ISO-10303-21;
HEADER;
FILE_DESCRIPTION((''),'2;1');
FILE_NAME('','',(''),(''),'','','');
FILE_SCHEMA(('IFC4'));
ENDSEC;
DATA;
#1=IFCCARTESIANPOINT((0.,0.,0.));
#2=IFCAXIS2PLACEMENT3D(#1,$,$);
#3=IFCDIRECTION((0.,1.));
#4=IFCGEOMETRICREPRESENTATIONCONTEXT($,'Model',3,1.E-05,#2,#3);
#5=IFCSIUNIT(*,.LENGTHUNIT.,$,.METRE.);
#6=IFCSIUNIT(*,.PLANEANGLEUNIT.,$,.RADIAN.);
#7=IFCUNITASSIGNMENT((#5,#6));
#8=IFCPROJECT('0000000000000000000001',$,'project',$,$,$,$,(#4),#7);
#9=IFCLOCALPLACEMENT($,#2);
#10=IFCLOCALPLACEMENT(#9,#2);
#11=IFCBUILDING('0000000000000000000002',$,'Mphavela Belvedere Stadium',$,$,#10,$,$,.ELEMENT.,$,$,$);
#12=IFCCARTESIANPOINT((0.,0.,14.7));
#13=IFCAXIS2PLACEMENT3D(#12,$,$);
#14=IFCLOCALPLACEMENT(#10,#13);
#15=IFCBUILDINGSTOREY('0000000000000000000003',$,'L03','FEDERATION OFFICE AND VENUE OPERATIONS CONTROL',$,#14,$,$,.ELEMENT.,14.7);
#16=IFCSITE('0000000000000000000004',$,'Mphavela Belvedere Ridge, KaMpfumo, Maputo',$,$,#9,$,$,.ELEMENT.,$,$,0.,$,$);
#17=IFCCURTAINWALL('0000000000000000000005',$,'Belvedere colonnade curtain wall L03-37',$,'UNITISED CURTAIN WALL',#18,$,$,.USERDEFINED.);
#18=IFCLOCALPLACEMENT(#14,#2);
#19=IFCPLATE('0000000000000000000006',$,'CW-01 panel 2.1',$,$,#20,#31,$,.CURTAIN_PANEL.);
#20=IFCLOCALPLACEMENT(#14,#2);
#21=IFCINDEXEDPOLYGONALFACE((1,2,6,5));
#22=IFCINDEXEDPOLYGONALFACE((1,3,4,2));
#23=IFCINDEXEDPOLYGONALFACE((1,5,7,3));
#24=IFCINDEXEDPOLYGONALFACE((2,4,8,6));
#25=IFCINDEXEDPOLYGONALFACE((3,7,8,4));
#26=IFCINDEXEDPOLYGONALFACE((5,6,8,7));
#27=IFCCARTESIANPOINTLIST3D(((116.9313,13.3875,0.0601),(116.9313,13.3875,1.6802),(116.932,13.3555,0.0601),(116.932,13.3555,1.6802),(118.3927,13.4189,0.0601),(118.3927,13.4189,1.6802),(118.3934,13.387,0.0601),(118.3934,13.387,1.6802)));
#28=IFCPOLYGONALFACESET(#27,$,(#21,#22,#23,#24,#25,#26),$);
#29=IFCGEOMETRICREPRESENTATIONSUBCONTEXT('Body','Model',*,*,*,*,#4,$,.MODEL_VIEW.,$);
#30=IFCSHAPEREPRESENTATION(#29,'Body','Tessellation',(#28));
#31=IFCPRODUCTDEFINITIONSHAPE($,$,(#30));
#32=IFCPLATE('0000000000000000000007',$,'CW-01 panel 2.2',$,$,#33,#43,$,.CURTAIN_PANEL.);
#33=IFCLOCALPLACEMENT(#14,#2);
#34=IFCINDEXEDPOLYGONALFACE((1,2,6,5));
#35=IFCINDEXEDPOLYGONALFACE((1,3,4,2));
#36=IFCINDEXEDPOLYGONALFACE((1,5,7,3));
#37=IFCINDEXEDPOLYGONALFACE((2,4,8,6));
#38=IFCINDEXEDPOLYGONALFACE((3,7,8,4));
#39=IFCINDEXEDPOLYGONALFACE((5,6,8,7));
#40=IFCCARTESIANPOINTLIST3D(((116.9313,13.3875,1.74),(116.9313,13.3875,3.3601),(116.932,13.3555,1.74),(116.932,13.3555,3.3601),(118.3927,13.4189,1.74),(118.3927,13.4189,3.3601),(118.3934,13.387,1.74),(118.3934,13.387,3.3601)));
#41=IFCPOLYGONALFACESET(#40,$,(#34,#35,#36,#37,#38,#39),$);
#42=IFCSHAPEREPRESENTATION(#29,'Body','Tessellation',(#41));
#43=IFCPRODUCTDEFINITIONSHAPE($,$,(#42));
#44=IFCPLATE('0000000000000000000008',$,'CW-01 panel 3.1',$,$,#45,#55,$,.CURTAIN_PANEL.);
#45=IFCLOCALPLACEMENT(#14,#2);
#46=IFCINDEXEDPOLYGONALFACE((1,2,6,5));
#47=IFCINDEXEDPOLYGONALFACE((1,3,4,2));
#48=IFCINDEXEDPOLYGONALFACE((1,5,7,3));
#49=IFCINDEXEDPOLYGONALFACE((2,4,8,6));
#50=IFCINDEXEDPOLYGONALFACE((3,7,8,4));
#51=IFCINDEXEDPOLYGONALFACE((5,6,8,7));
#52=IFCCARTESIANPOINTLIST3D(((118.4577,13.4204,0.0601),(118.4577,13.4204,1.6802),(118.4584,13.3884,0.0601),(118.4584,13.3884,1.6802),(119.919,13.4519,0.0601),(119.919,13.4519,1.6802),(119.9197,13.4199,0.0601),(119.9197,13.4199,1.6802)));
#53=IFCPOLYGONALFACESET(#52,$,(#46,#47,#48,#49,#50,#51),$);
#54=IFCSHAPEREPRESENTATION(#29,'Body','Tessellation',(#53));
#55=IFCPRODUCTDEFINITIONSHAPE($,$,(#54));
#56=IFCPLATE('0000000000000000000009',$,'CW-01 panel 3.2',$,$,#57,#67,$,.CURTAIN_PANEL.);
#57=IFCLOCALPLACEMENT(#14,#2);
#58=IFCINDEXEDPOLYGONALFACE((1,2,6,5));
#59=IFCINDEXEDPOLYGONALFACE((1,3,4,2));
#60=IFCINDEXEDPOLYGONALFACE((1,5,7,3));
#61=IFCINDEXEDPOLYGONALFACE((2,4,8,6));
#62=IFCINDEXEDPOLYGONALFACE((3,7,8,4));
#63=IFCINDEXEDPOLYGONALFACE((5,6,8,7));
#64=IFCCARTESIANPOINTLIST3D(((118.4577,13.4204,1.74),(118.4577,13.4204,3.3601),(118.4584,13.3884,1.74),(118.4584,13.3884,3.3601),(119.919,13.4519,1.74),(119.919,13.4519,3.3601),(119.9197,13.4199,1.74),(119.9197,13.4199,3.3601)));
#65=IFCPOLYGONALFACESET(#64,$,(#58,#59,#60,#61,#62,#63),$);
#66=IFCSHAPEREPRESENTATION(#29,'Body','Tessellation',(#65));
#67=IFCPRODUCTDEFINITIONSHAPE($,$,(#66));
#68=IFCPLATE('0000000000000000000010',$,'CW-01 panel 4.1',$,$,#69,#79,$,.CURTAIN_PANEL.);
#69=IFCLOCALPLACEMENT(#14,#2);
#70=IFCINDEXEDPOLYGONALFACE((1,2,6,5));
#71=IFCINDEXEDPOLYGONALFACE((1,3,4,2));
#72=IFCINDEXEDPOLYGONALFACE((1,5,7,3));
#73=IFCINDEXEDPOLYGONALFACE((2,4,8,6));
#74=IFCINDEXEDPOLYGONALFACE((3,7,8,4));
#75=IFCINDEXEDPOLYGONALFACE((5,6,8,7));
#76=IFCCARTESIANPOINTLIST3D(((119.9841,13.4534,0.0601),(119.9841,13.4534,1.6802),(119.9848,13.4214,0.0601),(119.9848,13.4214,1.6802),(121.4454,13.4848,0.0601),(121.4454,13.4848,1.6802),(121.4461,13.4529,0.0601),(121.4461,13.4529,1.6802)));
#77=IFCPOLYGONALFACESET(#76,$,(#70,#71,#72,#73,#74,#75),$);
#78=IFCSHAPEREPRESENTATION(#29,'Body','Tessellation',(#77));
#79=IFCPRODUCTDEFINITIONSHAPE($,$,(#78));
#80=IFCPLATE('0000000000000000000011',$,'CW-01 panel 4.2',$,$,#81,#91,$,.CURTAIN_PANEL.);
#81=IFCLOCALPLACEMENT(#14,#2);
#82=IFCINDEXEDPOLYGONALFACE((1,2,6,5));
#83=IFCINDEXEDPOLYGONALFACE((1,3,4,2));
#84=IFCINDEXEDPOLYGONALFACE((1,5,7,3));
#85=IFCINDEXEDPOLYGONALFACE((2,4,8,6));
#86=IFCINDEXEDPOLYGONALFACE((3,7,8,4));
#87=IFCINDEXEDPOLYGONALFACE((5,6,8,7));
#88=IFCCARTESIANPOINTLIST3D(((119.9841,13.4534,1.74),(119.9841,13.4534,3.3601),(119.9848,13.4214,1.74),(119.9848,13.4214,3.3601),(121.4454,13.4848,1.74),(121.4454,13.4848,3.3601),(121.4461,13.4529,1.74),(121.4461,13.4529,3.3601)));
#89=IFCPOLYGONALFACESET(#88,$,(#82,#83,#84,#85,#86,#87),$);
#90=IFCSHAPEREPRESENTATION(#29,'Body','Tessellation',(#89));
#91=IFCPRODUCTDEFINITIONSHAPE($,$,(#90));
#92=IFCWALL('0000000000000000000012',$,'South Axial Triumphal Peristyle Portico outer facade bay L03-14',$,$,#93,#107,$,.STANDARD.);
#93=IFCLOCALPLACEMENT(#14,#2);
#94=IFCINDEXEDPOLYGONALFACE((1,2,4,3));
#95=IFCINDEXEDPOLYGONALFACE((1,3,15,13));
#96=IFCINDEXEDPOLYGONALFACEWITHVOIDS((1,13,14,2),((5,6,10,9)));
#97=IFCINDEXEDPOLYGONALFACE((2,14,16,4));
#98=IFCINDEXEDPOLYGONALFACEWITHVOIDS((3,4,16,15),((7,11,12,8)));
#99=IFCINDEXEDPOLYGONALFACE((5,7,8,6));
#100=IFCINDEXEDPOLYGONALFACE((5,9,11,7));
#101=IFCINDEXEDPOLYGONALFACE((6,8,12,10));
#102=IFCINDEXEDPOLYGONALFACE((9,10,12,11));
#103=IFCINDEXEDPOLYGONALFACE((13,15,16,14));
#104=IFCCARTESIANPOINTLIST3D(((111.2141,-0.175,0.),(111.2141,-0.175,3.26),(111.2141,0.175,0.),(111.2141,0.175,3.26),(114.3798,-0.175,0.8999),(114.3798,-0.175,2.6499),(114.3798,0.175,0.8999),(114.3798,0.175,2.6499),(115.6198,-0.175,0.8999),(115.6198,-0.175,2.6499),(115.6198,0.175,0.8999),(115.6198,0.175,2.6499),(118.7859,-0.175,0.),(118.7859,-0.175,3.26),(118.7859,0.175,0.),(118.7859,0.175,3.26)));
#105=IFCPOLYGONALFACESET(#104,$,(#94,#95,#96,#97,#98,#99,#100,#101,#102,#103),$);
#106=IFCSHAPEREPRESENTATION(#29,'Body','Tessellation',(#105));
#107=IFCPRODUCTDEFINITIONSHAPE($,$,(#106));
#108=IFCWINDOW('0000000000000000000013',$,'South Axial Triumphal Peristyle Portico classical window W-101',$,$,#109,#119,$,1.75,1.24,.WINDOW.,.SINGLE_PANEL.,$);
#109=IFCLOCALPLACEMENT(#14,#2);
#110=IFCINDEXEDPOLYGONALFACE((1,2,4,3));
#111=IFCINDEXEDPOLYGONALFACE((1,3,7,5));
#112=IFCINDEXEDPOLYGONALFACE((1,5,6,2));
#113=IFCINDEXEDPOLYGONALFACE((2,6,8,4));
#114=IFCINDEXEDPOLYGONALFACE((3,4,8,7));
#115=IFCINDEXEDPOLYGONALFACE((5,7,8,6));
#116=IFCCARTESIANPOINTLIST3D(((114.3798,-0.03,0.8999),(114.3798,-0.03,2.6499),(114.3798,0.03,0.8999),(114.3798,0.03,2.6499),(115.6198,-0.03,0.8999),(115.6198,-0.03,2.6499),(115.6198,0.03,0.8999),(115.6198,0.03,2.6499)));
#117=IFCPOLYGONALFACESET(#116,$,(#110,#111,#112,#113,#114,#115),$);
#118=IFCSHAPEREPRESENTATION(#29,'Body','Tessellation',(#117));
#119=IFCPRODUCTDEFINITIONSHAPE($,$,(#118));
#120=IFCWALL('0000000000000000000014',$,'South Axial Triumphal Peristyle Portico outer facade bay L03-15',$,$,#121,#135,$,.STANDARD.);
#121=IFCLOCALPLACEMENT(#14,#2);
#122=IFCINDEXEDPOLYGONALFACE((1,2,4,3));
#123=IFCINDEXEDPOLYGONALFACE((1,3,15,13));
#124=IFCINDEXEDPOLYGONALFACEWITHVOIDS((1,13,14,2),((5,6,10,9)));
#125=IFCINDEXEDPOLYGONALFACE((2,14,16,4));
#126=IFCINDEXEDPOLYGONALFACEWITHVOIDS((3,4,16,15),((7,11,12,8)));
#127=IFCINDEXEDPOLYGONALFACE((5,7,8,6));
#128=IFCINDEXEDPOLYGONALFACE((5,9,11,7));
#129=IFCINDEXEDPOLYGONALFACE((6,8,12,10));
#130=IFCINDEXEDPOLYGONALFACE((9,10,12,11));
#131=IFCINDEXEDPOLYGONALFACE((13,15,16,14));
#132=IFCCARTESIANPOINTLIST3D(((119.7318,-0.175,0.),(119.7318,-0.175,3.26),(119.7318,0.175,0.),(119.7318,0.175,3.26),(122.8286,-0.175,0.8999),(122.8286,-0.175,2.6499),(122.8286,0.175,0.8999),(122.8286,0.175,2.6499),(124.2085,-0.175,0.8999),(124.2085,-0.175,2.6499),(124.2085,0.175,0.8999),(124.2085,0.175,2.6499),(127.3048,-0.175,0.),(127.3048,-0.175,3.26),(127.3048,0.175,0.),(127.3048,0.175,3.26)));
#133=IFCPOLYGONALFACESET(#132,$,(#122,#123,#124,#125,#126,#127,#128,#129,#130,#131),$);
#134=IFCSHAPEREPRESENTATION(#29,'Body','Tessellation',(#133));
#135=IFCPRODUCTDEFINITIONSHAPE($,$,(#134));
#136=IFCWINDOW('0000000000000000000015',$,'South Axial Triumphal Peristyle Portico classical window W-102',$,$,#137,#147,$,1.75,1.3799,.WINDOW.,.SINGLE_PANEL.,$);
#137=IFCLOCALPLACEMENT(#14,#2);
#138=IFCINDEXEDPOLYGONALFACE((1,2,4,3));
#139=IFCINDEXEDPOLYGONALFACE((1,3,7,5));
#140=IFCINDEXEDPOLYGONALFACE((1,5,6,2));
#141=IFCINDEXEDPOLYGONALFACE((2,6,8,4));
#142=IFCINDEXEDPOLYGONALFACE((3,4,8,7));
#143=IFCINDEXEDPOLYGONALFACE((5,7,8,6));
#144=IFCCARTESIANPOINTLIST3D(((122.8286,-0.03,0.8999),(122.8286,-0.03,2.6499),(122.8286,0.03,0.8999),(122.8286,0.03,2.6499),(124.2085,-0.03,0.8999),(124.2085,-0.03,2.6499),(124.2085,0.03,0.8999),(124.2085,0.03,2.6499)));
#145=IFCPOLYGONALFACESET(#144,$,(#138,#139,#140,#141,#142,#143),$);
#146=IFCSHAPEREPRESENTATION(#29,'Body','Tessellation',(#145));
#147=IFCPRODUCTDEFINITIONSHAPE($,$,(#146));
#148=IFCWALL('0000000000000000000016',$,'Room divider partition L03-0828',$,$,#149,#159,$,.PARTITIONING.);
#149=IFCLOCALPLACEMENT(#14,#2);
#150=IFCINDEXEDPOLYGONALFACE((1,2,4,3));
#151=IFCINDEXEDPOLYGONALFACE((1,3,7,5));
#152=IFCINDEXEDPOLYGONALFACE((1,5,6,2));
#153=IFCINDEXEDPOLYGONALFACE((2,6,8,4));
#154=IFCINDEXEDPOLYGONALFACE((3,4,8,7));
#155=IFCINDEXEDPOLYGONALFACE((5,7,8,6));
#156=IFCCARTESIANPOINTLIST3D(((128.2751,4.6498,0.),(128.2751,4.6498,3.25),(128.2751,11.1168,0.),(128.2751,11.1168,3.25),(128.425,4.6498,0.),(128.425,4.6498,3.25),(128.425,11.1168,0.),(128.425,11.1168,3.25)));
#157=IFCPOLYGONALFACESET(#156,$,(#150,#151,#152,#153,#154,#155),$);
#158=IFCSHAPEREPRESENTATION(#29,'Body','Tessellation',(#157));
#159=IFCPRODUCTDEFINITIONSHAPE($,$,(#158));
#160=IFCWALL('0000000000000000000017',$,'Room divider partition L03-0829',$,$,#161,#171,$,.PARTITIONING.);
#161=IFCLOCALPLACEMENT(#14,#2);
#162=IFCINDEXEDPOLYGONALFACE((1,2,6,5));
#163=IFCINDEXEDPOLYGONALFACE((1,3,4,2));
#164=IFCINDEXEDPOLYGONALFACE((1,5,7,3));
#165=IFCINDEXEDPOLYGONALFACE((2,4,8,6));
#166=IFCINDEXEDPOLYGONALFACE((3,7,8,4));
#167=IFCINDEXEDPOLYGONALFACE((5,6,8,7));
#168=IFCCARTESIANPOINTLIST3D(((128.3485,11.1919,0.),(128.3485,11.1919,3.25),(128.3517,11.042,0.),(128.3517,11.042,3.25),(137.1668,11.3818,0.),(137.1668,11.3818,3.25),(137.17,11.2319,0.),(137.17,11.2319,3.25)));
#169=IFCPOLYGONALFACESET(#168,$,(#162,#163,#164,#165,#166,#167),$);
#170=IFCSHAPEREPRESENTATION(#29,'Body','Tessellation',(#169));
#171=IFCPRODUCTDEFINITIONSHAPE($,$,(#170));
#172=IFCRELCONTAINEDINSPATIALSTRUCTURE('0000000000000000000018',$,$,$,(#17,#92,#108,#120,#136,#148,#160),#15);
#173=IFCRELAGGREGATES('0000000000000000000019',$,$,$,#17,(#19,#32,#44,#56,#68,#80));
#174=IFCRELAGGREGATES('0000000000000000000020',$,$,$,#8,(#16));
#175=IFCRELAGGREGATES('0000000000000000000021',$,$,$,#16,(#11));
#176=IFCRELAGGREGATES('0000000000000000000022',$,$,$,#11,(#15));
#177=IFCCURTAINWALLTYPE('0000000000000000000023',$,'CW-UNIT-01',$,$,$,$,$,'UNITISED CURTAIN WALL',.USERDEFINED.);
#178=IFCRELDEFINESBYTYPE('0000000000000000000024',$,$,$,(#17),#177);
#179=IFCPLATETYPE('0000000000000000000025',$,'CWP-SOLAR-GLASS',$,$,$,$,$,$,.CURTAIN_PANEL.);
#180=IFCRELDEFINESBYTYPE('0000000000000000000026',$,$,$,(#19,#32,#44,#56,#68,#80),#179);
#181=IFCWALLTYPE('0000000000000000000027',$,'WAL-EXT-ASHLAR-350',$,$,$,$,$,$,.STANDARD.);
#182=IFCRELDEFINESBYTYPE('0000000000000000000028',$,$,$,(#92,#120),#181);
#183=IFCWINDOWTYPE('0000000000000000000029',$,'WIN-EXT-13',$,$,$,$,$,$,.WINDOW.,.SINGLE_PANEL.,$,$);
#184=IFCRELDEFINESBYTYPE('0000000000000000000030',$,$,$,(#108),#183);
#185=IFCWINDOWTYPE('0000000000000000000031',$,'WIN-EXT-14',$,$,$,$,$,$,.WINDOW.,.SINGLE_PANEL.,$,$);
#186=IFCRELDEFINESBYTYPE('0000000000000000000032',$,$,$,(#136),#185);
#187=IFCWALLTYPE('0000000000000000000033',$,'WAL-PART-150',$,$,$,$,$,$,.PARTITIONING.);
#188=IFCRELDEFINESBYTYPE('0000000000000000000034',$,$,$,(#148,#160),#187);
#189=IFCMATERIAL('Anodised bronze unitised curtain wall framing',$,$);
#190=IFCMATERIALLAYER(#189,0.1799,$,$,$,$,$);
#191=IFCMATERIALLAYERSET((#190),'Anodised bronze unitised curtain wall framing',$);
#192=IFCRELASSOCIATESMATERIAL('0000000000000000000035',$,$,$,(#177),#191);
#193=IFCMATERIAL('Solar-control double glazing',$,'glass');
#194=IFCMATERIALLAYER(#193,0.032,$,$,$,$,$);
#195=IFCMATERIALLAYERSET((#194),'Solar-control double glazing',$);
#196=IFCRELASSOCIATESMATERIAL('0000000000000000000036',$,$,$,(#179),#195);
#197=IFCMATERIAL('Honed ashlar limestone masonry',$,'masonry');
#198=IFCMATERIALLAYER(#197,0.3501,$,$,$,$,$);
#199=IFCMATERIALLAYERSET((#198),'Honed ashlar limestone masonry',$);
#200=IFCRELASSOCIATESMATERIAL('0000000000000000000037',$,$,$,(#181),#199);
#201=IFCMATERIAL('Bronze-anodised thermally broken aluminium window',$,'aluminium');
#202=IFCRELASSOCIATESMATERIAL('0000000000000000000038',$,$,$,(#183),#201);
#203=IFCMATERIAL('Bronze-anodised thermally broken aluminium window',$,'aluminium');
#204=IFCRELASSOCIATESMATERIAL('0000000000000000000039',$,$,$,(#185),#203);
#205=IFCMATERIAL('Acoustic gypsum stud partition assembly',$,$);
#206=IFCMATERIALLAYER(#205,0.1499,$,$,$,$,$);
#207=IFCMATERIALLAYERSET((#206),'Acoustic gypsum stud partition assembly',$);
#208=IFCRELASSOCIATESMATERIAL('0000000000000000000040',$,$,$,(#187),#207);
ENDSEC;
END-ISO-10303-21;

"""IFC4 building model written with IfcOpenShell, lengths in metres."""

from ifc_helpers import new_model, si_unit, direction, frame, frame_2d, origin, origin_2d, place, context, subcontext, project, spatial, rectangle, extrude, material, layer, layer_set, type_object, element, fill, aggregate, save


model = new_model("IFC4")

# Units and contexts
model_context = context("Model", 3, precision=1e-05, world=origin(), true_north=direction((0.0, 1.0)))
body_context = subcontext(model_context, "Body", "Model", "MODEL_VIEW")
ifc_project = project(units=[si_unit("LENGTHUNIT", "METRE"), si_unit("PLANEANGLEUNIT", "RADIAN")], contexts=[model_context])

# Site, building, storey
site_placement = place(None, origin())
site = spatial("IfcSite", under=ifc_project, at=site_placement, Name="Mphavela Belvedere Ridge, KaMpfumo, Maputo", CompositionType="ELEMENT", RefElevation=0.0)
building_placement = place(site_placement, origin())
building = spatial("IfcBuilding", under=site, at=building_placement, Name="Mphavela Belvedere Stadium", CompositionType="ELEMENT")
storey_placement = place(building_placement, frame((0.0, 0.0, 14.7)))
storey = spatial("IfcBuildingStorey", under=building, at=storey_placement, Name="L03", Description="FEDERATION OFFICE AND VENUE OPERATIONS CONTROL", CompositionType="ELEMENT", Elevation=14.7)

# Curtain wall, plates
ifc_material_1 = material(Name="Anodised bronze unitised curtain wall framing")
ifc_layer_1 = layer(ifc_material_1, 0.1799)
ifc_layer_set_1 = layer_set([ifc_layer_1], Name="Anodised bronze unitised curtain wall framing")
curtain_wall_type = type_object("IfcCurtainWallType", Name="CW-UNIT-01", ElementType="UNITISED CURTAIN WALL", PredefinedType="USERDEFINED", material=ifc_layer_set_1)
curtain_wall_placement = place(storey_placement, origin())
curtain_wall = element("IfcCurtainWall", 1, at=curtain_wall_placement, inside=storey, type_object=curtain_wall_type, Name="Belvedere colonnade curtain wall L03-37", ObjectType="UNITISED CURTAIN WALL", PredefinedType="USERDEFINED")
ifc_material_2 = material(Name="Solar-control double glazing", Category="glass")
ifc_layer_2 = layer(ifc_material_2, 0.032)
ifc_layer_set_2 = layer_set([ifc_layer_2], Name="Solar-control double glazing")
plate_type = type_object("IfcPlateType", Name="CWP-SOLAR-GLASS", PredefinedType="CURTAIN_PANEL", material=ifc_layer_set_2)
plate_1_placement = place(storey_placement, frame((117.6624, 13.3872, 0.0601), z_axis=(0.0, 0.0, 1.0), x_axis=(0.999768, 0.021531, 0.0)))
plate_1 = element("IfcPlate", 2, at=plate_1_placement, type_object=plate_type, Name="CW-01 panel 2.1", PredefinedType="CURTAIN_PANEL", context=body_context, shape_type="SweptSolid", body=[
    extrude(rectangle(XDim=1.4617, YDim=0.032, at=origin_2d()), origin(), (0.0, 0.0, 1.0), 1.6201),
])
plate_2_placement = place(storey_placement, frame((117.6624, 13.3872, 1.74), z_axis=(0.0, 0.0, 1.0), x_axis=(0.999768, 0.021531, 0.0)))
plate_2 = element("IfcPlate", 3, at=plate_2_placement, type_object=plate_type, Name="CW-01 panel 2.2", PredefinedType="CURTAIN_PANEL", context=body_context, shape_type="SweptSolid", body=[
    extrude(rectangle(XDim=1.4617, YDim=0.032, at=origin_2d()), origin(), (0.0, 0.0, 1.0), 1.6201),
])
plate_3_placement = place(storey_placement, frame((119.1887, 13.4202, 0.0601), z_axis=(0.0, 0.0, 1.0), x_axis=(0.999768, 0.021531, 0.0)))
plate_3 = element("IfcPlate", 4, at=plate_3_placement, type_object=plate_type, Name="CW-01 panel 3.1", PredefinedType="CURTAIN_PANEL", context=body_context, shape_type="SweptSolid", body=[
    extrude(rectangle(XDim=1.4617, YDim=0.032, at=origin_2d()), origin(), (0.0, 0.0, 1.0), 1.6201),
])
plate_4_placement = place(storey_placement, frame((119.1887, 13.4202, 1.74), z_axis=(0.0, 0.0, 1.0), x_axis=(0.999768, 0.021531, 0.0)))
plate_4 = element("IfcPlate", 5, at=plate_4_placement, type_object=plate_type, Name="CW-01 panel 3.2", PredefinedType="CURTAIN_PANEL", context=body_context, shape_type="SweptSolid", body=[
    extrude(rectangle(XDim=1.4617, YDim=0.032, at=origin_2d()), origin(), (0.0, 0.0, 1.0), 1.6201),
])
plate_5_placement = place(storey_placement, frame((120.7151, 13.4531, 0.0601), z_axis=(0.0, 0.0, 1.0), x_axis=(0.999768, 0.021531, 0.0)))
plate_5 = element("IfcPlate", 6, at=plate_5_placement, type_object=plate_type, Name="CW-01 panel 4.1", PredefinedType="CURTAIN_PANEL", context=body_context, shape_type="SweptSolid", body=[
    extrude(rectangle(XDim=1.4617, YDim=0.032, at=origin_2d()), origin(), (0.0, 0.0, 1.0), 1.6201),
])
plate_6_placement = place(storey_placement, frame((120.7151, 13.4531, 1.74), z_axis=(0.0, 0.0, 1.0), x_axis=(0.999768, 0.021531, 0.0)))
plate_6 = element("IfcPlate", 7, at=plate_6_placement, type_object=plate_type, Name="CW-01 panel 4.2", PredefinedType="CURTAIN_PANEL", context=body_context, shape_type="SweptSolid", body=[
    extrude(rectangle(XDim=1.4617, YDim=0.032, at=origin_2d()), origin(), (0.0, 0.0, 1.0), 1.6201),
])
aggregate(curtain_wall, [plate_1, plate_2, plate_3, plate_4, plate_5, plate_6])

# Walls, openings, windows
ifc_material_3 = material(Name="Honed ashlar limestone masonry", Category="masonry")
ifc_layer_3 = layer(ifc_material_3, 0.3501)
ifc_layer_set_3 = layer_set([ifc_layer_3], Name="Honed ashlar limestone masonry")
wall_type_1 = type_object("IfcWallType", Name="WAL-EXT-ASHLAR-350", PredefinedType="STANDARD", material=ifc_layer_set_3)
wall_1_placement = place(storey_placement, frame((118.7859, 0.0, 0.0), z_axis=(0.0, 0.0, 1.0), x_axis=(-1.0, 0.0, 0.0)))
wall_1 = element("IfcWall", 8, at=wall_1_placement, inside=storey, type_object=wall_type_1, Name="South Axial Triumphal Peristyle Portico outer facade bay L03-14", PredefinedType="STANDARD", context=body_context, shape_type="SweptSolid", body=[
    extrude(rectangle(XDim=7.5718, YDim=0.3501, at=frame_2d((3.7859, 0.0))), origin(), (0.0, 0.0, 1.0), 3.26),
])
opening_1_placement = place(wall_1_placement, frame((3.166, 0.0, 0.8999)))
opening_1 = element("IfcOpeningElement", 9, at=opening_1_placement, cuts=wall_1, PredefinedType="OPENING", context=body_context, shape_type="SweptSolid", body=[
    extrude(rectangle(XDim=1.24, YDim=1.75, at=frame_2d((0.6201, 0.875))), frame((0.0, 0.1851, 0.0), z_axis=(0.0, -1.0, 0.0), x_axis=(1.0, 0.0, 0.0)), (0.0, 0.0, 1.0), 0.3701),
])
ifc_material_4 = material(Name="Bronze-anodised thermally broken aluminium window", Category="aluminium")
window_type_1 = type_object("IfcWindowType", Name="WIN-EXT-13", PartitioningType="SINGLE_PANEL", PredefinedType="WINDOW", material=ifc_material_4)
window_1_placement = place(opening_1_placement, origin())
window_1 = element("IfcWindow", 10, at=window_1_placement, inside=storey, type_object=window_type_1, Name="South Axial Triumphal Peristyle Portico classical window W-101", OverallHeight=1.75, OverallWidth=1.24, PartitioningType="SINGLE_PANEL", PredefinedType="WINDOW", context=body_context, shape_type="SweptSolid", body=[
    extrude(rectangle(XDim=1.24, YDim=1.75, at=frame_2d((0.6201, 0.875))), frame((0.0, 0.03, 0.0), z_axis=(0.0, -1.0, 0.0), x_axis=(1.0, 0.0, 0.0)), (0.0, 0.0, 1.0), 0.0601),
])
fill(opening_1, window_1)
wall_2_placement = place(storey_placement, frame((127.3049, 0.0, 0.0), z_axis=(0.0, 0.0, 1.0), x_axis=(-1.0, 0.0, 0.0)))
wall_2 = element("IfcWall", 11, at=wall_2_placement, inside=storey, type_object=wall_type_1, Name="South Axial Triumphal Peristyle Portico outer facade bay L03-15", PredefinedType="STANDARD", context=body_context, shape_type="SweptSolid", body=[
    extrude(rectangle(XDim=7.573, YDim=0.3501, at=frame_2d((3.7866, 0.0))), origin(), (0.0, 0.0, 1.0), 3.26),
])
opening_2_placement = place(wall_2_placement, frame((3.0964, 0.0, 0.8999)))
opening_2 = element("IfcOpeningElement", 12, at=opening_2_placement, cuts=wall_2, PredefinedType="OPENING", context=body_context, shape_type="SweptSolid", body=[
    extrude(rectangle(XDim=1.3799, YDim=1.75, at=frame_2d((0.6899, 0.875))), frame((0.0, 0.1851, 0.0), z_axis=(0.0, -1.0, 0.0), x_axis=(1.0, 0.0, 0.0)), (0.0, 0.0, 1.0), 0.3701),
])
ifc_material_5 = material(Name="Bronze-anodised thermally broken aluminium window", Category="aluminium")
window_type_2 = type_object("IfcWindowType", Name="WIN-EXT-14", PartitioningType="SINGLE_PANEL", PredefinedType="WINDOW", material=ifc_material_5)
window_2_placement = place(opening_2_placement, origin())
window_2 = element("IfcWindow", 13, at=window_2_placement, inside=storey, type_object=window_type_2, Name="South Axial Triumphal Peristyle Portico classical window W-102", OverallHeight=1.75, OverallWidth=1.3799, PartitioningType="SINGLE_PANEL", PredefinedType="WINDOW", context=body_context, shape_type="SweptSolid", body=[
    extrude(rectangle(XDim=1.3799, YDim=1.75, at=frame_2d((0.6899, 0.875))), frame((0.0, 0.03, 0.0), z_axis=(0.0, -1.0, 0.0), x_axis=(1.0, 0.0, 0.0)), (0.0, 0.0, 1.0), 0.0601),
])
fill(opening_2, window_2)

# Walls
ifc_material_6 = material(Name="Acoustic gypsum stud partition assembly")
ifc_layer_4 = layer(ifc_material_6, 0.1499)
ifc_layer_set_4 = layer_set([ifc_layer_4], Name="Acoustic gypsum stud partition assembly")
wall_type_2 = type_object("IfcWallType", Name="WAL-PART-150", PredefinedType="PARTITIONING", material=ifc_layer_set_4)
wall_3_placement = place(storey_placement, frame((128.3501, 4.6499, 0.0), z_axis=(0.0, 0.0, 1.0), x_axis=(0.0, 1.0, 0.0)))
element("IfcWall", 14, at=wall_3_placement, inside=storey, type_object=wall_type_2, Name="Room divider partition L03-0828", PredefinedType="PARTITIONING", context=body_context, shape_type="SweptSolid", body=[
    extrude(rectangle(XDim=6.467, YDim=0.1499, at=frame_2d((3.2334, 0.0))), origin(), (0.0, 0.0, 1.0), 3.25),
])
wall_4_placement = place(storey_placement, frame((128.3501, 11.1169, 0.0), z_axis=(0.0, 0.0, 1.0), x_axis=(0.999768, 0.021534, 0.0)))
element("IfcWall", 15, at=wall_4_placement, inside=storey, type_object=wall_type_2, Name="Room divider partition L03-0829", PredefinedType="PARTITIONING", context=body_context, shape_type="SweptSolid", body=[
    extrude(rectangle(XDim=8.8203, YDim=0.1499, at=frame_2d((4.4102, 0.0))), origin(), (0.0, 0.0, 1.0), 3.25),
])

save(model, "model.ifc")
